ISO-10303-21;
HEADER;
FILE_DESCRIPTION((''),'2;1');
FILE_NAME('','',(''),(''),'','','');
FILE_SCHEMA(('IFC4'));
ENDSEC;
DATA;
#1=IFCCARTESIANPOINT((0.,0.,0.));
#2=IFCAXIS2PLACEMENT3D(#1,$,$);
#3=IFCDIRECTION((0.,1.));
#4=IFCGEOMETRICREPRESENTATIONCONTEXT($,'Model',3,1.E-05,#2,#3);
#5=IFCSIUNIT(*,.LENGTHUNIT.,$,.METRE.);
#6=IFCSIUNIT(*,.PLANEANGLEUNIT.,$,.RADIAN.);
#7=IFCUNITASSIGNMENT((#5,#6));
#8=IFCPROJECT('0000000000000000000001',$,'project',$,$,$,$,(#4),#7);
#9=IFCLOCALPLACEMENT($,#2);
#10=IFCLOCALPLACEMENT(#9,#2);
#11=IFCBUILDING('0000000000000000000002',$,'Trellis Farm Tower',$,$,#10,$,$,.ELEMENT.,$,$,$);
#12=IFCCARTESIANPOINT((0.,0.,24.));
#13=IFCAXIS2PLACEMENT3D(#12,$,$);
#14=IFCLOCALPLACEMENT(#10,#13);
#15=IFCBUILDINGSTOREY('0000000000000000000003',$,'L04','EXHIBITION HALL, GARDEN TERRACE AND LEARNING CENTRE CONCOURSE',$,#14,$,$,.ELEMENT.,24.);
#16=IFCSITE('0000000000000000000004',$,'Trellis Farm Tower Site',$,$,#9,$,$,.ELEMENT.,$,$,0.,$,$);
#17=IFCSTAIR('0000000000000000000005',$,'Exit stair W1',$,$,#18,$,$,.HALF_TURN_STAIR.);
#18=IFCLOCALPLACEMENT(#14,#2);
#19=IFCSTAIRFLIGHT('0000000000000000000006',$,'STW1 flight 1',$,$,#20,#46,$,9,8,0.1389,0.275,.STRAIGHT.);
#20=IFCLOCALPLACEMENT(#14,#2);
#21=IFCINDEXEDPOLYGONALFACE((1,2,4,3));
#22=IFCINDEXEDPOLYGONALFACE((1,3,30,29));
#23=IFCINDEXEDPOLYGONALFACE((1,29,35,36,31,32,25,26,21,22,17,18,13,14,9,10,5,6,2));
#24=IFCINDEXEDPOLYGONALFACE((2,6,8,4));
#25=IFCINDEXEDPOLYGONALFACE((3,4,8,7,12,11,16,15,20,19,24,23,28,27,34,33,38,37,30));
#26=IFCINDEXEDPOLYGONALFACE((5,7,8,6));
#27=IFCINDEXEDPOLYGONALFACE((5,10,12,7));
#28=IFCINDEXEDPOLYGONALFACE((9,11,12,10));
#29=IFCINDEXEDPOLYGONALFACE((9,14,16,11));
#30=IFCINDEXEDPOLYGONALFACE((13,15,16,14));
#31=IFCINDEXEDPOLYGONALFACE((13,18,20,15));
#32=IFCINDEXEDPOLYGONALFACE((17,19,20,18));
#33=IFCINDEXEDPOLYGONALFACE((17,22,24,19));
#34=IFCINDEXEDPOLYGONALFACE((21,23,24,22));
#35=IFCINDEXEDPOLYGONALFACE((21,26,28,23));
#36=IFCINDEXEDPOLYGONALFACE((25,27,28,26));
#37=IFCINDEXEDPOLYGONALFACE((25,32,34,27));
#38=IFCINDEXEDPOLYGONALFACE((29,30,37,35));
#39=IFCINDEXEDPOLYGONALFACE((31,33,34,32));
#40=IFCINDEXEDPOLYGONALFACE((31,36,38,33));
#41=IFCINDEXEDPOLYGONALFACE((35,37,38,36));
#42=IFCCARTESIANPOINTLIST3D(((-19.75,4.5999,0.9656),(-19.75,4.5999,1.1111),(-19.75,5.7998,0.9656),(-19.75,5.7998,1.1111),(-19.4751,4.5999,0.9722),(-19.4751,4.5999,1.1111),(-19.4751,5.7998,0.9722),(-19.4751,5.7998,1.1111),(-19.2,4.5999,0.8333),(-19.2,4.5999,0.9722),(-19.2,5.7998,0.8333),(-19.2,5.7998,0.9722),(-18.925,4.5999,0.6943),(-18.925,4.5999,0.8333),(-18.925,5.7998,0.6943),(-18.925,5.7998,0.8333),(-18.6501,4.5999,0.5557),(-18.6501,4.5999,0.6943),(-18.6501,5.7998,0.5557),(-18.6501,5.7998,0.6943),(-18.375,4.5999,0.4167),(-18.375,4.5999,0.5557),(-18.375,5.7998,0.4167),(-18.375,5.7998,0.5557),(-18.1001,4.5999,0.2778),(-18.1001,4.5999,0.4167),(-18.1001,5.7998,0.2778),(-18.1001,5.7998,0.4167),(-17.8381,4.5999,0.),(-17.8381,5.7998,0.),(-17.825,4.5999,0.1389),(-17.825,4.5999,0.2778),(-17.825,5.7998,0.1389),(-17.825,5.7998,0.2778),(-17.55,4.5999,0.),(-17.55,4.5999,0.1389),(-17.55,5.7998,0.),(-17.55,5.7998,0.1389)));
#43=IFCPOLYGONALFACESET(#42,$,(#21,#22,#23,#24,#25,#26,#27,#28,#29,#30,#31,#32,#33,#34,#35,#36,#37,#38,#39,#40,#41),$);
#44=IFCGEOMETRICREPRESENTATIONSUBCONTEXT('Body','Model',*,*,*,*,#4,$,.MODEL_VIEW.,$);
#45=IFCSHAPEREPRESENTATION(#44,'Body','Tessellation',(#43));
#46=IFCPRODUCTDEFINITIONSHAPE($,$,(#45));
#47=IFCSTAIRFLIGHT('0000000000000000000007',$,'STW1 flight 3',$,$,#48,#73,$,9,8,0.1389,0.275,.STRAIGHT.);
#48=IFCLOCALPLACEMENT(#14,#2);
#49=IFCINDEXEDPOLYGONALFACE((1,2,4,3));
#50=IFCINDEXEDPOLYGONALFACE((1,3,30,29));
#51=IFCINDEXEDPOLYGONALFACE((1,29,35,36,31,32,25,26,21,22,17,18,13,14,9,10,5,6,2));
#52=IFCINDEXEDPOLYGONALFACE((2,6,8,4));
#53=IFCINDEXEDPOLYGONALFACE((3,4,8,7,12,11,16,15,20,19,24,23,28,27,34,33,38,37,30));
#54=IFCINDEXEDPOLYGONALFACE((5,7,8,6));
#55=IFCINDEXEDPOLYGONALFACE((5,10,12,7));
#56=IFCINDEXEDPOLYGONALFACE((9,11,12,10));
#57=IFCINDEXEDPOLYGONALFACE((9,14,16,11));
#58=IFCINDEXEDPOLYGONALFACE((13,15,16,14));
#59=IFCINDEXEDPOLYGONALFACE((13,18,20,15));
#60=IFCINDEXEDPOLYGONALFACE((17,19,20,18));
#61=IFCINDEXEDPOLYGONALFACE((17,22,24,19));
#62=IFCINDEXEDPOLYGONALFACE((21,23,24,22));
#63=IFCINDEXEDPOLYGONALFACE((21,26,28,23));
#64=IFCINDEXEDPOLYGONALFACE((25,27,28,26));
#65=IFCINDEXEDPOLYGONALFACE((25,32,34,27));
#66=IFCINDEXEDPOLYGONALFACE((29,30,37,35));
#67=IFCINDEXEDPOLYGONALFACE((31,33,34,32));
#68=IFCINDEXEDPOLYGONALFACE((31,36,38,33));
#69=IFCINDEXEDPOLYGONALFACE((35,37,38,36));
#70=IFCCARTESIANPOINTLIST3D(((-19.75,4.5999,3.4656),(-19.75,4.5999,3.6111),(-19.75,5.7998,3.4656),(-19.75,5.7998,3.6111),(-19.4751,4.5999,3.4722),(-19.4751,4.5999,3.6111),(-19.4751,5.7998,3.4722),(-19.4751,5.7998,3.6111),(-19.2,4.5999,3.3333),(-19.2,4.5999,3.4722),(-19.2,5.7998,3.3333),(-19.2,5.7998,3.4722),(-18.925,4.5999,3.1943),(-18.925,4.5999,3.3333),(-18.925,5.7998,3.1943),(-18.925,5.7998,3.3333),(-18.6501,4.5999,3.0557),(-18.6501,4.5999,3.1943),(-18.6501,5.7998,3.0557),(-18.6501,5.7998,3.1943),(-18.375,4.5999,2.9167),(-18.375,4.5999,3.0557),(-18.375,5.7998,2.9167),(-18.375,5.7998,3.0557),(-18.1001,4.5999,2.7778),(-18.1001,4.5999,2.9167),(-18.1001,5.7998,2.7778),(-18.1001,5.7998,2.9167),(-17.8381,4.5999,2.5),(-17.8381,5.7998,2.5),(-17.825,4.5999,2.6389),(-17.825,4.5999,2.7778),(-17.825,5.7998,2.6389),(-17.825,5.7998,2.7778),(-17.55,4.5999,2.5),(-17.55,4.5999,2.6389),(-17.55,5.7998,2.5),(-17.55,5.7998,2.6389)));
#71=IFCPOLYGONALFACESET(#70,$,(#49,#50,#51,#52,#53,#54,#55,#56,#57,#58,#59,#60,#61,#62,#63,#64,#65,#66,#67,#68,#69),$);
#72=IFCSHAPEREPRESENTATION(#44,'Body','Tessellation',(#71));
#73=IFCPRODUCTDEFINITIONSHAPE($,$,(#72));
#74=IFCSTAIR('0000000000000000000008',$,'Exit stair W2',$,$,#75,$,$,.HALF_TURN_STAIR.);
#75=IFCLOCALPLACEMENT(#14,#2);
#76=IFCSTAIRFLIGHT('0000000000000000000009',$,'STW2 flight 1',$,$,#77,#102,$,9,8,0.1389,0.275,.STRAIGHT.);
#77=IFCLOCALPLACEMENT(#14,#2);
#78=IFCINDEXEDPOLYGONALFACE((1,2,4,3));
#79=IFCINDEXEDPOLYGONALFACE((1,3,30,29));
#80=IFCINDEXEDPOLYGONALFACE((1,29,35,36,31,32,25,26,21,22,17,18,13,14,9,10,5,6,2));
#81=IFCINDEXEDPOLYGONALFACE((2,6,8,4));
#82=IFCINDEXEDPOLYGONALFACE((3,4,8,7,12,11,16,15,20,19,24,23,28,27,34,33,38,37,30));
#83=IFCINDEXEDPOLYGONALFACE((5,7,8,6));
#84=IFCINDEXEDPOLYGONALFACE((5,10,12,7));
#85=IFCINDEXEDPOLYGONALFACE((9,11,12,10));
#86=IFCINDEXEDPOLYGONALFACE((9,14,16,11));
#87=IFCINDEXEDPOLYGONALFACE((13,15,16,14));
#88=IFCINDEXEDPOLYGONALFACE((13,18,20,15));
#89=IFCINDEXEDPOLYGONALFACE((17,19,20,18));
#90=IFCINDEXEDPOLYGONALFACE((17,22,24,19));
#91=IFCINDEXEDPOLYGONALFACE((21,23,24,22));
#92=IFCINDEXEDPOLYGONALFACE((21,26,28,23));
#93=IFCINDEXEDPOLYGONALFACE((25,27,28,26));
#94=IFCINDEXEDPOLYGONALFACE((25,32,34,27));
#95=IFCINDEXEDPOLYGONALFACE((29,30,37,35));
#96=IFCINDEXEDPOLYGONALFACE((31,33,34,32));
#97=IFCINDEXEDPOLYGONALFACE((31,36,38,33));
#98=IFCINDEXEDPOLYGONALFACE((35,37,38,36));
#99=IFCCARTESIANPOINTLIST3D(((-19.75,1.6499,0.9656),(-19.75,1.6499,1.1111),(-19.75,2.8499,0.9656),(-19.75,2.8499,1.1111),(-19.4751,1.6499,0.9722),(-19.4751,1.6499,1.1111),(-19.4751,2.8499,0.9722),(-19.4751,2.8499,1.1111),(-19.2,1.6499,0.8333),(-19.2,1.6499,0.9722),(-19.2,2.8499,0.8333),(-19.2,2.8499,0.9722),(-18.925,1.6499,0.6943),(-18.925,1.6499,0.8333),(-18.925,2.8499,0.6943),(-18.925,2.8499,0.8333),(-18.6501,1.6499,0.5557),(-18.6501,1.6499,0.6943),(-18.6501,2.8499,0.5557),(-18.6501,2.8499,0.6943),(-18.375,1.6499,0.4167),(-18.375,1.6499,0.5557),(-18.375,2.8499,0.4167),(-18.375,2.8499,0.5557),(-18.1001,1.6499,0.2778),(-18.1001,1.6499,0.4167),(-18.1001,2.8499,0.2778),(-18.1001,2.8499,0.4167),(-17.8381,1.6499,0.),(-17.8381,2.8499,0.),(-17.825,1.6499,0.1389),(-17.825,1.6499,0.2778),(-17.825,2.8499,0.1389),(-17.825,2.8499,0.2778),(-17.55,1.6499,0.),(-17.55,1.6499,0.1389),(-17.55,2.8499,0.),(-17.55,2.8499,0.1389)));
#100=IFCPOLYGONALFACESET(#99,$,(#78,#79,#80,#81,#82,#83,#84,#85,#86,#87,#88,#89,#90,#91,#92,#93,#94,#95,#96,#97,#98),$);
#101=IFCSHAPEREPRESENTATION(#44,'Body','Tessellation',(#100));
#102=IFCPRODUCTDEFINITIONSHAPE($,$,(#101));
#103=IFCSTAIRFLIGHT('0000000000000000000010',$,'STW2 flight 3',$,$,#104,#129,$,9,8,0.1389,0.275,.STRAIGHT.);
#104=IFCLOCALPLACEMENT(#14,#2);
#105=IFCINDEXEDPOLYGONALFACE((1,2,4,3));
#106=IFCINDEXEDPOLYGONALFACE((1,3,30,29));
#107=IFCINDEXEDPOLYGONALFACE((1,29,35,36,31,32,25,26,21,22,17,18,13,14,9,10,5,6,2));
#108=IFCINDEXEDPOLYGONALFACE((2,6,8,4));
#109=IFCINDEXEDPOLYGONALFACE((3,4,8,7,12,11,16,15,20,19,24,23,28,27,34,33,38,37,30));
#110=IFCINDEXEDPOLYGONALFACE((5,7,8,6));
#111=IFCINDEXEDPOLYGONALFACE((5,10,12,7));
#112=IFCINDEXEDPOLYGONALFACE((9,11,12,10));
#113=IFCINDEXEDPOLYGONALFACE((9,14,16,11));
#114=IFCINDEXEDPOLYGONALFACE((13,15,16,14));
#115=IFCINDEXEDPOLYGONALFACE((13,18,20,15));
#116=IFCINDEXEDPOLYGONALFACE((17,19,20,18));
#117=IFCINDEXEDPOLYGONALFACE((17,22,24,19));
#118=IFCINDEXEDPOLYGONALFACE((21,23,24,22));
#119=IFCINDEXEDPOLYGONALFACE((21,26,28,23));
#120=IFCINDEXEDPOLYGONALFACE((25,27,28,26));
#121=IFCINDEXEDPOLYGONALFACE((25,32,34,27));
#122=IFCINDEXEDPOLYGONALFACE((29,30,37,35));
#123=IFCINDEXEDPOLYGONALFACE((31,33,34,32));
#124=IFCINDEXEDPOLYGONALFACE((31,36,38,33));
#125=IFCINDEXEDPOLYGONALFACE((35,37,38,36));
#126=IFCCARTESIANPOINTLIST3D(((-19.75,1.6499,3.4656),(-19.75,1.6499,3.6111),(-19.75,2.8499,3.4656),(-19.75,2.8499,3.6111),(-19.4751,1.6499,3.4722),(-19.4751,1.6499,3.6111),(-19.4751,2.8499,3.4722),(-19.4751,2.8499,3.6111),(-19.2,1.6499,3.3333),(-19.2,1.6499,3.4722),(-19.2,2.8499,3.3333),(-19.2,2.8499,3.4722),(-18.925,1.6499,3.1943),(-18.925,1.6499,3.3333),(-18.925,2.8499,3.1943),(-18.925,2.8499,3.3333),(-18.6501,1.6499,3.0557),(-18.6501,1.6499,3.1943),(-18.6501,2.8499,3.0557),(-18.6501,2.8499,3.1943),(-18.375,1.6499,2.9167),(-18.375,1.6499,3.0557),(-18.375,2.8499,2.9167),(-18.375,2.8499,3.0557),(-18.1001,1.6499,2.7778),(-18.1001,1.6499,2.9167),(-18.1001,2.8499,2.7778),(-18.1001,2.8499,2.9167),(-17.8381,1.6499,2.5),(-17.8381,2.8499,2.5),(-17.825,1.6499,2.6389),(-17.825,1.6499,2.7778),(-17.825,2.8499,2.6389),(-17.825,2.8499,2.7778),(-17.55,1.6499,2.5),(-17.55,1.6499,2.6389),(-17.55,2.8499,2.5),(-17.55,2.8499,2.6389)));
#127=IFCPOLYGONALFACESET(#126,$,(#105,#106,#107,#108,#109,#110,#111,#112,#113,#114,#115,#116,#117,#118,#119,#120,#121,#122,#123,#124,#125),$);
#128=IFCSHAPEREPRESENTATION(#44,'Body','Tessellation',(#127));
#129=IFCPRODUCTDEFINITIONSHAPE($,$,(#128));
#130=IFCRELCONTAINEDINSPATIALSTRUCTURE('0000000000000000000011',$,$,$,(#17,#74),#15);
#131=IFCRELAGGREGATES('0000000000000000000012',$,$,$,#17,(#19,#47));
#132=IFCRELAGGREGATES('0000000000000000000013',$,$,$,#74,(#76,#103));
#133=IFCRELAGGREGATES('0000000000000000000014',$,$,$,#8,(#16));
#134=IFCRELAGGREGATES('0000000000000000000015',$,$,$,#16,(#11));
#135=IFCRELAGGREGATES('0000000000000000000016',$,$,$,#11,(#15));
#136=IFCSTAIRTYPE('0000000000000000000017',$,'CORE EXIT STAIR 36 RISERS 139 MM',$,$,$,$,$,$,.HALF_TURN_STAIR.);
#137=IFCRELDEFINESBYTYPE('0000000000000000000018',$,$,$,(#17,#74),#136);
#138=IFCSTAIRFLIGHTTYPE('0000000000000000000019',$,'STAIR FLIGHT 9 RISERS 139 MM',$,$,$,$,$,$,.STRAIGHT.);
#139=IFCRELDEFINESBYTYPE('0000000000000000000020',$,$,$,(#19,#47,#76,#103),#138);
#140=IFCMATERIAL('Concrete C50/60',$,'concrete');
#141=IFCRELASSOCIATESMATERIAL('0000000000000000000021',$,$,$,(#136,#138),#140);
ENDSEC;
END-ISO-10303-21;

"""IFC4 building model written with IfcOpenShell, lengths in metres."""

from ifc_helpers import new_model, si_unit, direction, frame, origin, place, context, subcontext, project, spatial, polyline, outline, extrude, source, transform, mapped, material, type_object, element, aggregate, save


model = new_model("IFC4")

# Units and contexts
model_context = context("Model", 3, precision=1e-05, world=origin(), true_north=direction((0.0, 1.0)))
body_context = subcontext(model_context, "Body", "Model", "MODEL_VIEW")
ifc_project = project(units=[si_unit("LENGTHUNIT", "METRE"), si_unit("PLANEANGLEUNIT", "RADIAN")], contexts=[model_context])

# Site, building, storey
site_placement = place(None, origin())
site = spatial("IfcSite", under=ifc_project, at=site_placement, Name="Trellis Farm Tower Site", CompositionType="ELEMENT", RefElevation=0.0)
building_placement = place(site_placement, origin())
building = spatial("IfcBuilding", under=site, at=building_placement, Name="Trellis Farm Tower", CompositionType="ELEMENT")
storey_placement = place(building_placement, frame((0.0, 0.0, 24.0)))
storey = spatial("IfcBuildingStorey", under=building, at=storey_placement, Name="L04", Description="EXHIBITION HALL, GARDEN TERRACE AND LEARNING CENTRE CONCOURSE", CompositionType="ELEMENT", Elevation=24.0)

# Stairs, stair flights
ifc_material_1 = material(Name="Concrete C50/60", Category="concrete")
stair_type = type_object("IfcStairType", Name="CORE EXIT STAIR 36 RISERS 139 MM", PredefinedType="HALF_TURN_STAIR", material=ifc_material_1)
placement = place(storey_placement, origin())
stair_1 = element("IfcStair", 1, at=placement, inside=storey, type_object=stair_type, Name="Exit stair W1", PredefinedType="HALF_TURN_STAIR")
stair_flight_type = type_object("IfcStairFlightType", Name="STAIR FLIGHT 9 RISERS 139 MM", PredefinedType="STRAIGHT", material=ifc_material_1)
shared_shape_1 = source(origin(), body_context, "Body", "SweptSolid", [
    extrude(outline(polyline([(0.0, 0.0), (0.0, 0.1389), (0.2749, 0.1389), (0.2749, 0.2778), (0.55, 0.2778), (0.55, 0.4167), (0.825, 0.4167), (0.825, 0.5557), (1.1001, 0.5557), (1.1001, 0.6943), (1.375, 0.6943), (1.375, 0.8333), (1.6499, 0.8333), (1.6499, 0.9722), (1.925, 0.9722), (1.925, 1.1111), (2.2, 1.1111), (2.2, 1.25), (2.2, 0.9656), (0.2881, 0.0), (0.0, 0.0)])), frame((0.0, 0.6001, 0.0), z_axis=(0.0, -1.0, 0.0), x_axis=(1.0, 0.0, 0.0)), (0.0, 0.0, 1.0), 1.2),
])
stair_flight_1_placement = place(storey_placement, frame((-17.55, 5.2, 0.0), z_axis=(0.0, 0.0, 1.0), x_axis=(-1.0, 0.0, 0.0)))
stair_flight_1 = element("IfcStairFlight", 2, at=stair_flight_1_placement, type_object=stair_flight_type, Name="STW1 flight 1", NumberOfRisers=9, NumberOfTreads=8, PredefinedType="STRAIGHT", RiserHeight=0.1389, TreadLength=0.275, context=body_context, shape_type="MappedRepresentation", body=[
    mapped(shared_shape_1, transform((0.0, 0.0, 0.0))),
])
stair_flight_2_placement = place(storey_placement, frame((-17.55, 5.2, 2.5), z_axis=(0.0, 0.0, 1.0), x_axis=(-1.0, 0.0, 0.0)))
stair_flight_2 = element("IfcStairFlight", 3, at=stair_flight_2_placement, type_object=stair_flight_type, Name="STW1 flight 3", NumberOfRisers=9, NumberOfTreads=8, PredefinedType="STRAIGHT", RiserHeight=0.1389, TreadLength=0.275, context=body_context, shape_type="MappedRepresentation", body=[
    mapped(shared_shape_1, transform((0.0, 0.0, 0.0))),
])
aggregate(stair_1, [stair_flight_1, stair_flight_2])
stair_2 = element("IfcStair", 4, at=placement, inside=storey, type_object=stair_type, Name="Exit stair W2", PredefinedType="HALF_TURN_STAIR")
stair_flight_3_placement = place(storey_placement, frame((-17.55, 2.25, 0.0), z_axis=(0.0, 0.0, 1.0), x_axis=(-1.0, 0.0, 0.0)))
stair_flight_3 = element("IfcStairFlight", 5, at=stair_flight_3_placement, type_object=stair_flight_type, Name="STW2 flight 1", NumberOfRisers=9, NumberOfTreads=8, PredefinedType="STRAIGHT", RiserHeight=0.1389, TreadLength=0.275, context=body_context, shape_type="MappedRepresentation", body=[
    mapped(shared_shape_1, transform((0.0, 0.0, 0.0))),
])
stair_flight_4_placement = place(storey_placement, frame((-17.55, 2.25, 2.5), z_axis=(0.0, 0.0, 1.0), x_axis=(-1.0, 0.0, 0.0)))
stair_flight_4 = element("IfcStairFlight", 6, at=stair_flight_4_placement, type_object=stair_flight_type, Name="STW2 flight 3", NumberOfRisers=9, NumberOfTreads=8, PredefinedType="STRAIGHT", RiserHeight=0.1389, TreadLength=0.275, context=body_context, shape_type="MappedRepresentation", body=[
    mapped(shared_shape_1, transform((0.0, 0.0, 0.0))),
])
aggregate(stair_2, [stair_flight_3, stair_flight_4])

save(model, "model.ifc")
